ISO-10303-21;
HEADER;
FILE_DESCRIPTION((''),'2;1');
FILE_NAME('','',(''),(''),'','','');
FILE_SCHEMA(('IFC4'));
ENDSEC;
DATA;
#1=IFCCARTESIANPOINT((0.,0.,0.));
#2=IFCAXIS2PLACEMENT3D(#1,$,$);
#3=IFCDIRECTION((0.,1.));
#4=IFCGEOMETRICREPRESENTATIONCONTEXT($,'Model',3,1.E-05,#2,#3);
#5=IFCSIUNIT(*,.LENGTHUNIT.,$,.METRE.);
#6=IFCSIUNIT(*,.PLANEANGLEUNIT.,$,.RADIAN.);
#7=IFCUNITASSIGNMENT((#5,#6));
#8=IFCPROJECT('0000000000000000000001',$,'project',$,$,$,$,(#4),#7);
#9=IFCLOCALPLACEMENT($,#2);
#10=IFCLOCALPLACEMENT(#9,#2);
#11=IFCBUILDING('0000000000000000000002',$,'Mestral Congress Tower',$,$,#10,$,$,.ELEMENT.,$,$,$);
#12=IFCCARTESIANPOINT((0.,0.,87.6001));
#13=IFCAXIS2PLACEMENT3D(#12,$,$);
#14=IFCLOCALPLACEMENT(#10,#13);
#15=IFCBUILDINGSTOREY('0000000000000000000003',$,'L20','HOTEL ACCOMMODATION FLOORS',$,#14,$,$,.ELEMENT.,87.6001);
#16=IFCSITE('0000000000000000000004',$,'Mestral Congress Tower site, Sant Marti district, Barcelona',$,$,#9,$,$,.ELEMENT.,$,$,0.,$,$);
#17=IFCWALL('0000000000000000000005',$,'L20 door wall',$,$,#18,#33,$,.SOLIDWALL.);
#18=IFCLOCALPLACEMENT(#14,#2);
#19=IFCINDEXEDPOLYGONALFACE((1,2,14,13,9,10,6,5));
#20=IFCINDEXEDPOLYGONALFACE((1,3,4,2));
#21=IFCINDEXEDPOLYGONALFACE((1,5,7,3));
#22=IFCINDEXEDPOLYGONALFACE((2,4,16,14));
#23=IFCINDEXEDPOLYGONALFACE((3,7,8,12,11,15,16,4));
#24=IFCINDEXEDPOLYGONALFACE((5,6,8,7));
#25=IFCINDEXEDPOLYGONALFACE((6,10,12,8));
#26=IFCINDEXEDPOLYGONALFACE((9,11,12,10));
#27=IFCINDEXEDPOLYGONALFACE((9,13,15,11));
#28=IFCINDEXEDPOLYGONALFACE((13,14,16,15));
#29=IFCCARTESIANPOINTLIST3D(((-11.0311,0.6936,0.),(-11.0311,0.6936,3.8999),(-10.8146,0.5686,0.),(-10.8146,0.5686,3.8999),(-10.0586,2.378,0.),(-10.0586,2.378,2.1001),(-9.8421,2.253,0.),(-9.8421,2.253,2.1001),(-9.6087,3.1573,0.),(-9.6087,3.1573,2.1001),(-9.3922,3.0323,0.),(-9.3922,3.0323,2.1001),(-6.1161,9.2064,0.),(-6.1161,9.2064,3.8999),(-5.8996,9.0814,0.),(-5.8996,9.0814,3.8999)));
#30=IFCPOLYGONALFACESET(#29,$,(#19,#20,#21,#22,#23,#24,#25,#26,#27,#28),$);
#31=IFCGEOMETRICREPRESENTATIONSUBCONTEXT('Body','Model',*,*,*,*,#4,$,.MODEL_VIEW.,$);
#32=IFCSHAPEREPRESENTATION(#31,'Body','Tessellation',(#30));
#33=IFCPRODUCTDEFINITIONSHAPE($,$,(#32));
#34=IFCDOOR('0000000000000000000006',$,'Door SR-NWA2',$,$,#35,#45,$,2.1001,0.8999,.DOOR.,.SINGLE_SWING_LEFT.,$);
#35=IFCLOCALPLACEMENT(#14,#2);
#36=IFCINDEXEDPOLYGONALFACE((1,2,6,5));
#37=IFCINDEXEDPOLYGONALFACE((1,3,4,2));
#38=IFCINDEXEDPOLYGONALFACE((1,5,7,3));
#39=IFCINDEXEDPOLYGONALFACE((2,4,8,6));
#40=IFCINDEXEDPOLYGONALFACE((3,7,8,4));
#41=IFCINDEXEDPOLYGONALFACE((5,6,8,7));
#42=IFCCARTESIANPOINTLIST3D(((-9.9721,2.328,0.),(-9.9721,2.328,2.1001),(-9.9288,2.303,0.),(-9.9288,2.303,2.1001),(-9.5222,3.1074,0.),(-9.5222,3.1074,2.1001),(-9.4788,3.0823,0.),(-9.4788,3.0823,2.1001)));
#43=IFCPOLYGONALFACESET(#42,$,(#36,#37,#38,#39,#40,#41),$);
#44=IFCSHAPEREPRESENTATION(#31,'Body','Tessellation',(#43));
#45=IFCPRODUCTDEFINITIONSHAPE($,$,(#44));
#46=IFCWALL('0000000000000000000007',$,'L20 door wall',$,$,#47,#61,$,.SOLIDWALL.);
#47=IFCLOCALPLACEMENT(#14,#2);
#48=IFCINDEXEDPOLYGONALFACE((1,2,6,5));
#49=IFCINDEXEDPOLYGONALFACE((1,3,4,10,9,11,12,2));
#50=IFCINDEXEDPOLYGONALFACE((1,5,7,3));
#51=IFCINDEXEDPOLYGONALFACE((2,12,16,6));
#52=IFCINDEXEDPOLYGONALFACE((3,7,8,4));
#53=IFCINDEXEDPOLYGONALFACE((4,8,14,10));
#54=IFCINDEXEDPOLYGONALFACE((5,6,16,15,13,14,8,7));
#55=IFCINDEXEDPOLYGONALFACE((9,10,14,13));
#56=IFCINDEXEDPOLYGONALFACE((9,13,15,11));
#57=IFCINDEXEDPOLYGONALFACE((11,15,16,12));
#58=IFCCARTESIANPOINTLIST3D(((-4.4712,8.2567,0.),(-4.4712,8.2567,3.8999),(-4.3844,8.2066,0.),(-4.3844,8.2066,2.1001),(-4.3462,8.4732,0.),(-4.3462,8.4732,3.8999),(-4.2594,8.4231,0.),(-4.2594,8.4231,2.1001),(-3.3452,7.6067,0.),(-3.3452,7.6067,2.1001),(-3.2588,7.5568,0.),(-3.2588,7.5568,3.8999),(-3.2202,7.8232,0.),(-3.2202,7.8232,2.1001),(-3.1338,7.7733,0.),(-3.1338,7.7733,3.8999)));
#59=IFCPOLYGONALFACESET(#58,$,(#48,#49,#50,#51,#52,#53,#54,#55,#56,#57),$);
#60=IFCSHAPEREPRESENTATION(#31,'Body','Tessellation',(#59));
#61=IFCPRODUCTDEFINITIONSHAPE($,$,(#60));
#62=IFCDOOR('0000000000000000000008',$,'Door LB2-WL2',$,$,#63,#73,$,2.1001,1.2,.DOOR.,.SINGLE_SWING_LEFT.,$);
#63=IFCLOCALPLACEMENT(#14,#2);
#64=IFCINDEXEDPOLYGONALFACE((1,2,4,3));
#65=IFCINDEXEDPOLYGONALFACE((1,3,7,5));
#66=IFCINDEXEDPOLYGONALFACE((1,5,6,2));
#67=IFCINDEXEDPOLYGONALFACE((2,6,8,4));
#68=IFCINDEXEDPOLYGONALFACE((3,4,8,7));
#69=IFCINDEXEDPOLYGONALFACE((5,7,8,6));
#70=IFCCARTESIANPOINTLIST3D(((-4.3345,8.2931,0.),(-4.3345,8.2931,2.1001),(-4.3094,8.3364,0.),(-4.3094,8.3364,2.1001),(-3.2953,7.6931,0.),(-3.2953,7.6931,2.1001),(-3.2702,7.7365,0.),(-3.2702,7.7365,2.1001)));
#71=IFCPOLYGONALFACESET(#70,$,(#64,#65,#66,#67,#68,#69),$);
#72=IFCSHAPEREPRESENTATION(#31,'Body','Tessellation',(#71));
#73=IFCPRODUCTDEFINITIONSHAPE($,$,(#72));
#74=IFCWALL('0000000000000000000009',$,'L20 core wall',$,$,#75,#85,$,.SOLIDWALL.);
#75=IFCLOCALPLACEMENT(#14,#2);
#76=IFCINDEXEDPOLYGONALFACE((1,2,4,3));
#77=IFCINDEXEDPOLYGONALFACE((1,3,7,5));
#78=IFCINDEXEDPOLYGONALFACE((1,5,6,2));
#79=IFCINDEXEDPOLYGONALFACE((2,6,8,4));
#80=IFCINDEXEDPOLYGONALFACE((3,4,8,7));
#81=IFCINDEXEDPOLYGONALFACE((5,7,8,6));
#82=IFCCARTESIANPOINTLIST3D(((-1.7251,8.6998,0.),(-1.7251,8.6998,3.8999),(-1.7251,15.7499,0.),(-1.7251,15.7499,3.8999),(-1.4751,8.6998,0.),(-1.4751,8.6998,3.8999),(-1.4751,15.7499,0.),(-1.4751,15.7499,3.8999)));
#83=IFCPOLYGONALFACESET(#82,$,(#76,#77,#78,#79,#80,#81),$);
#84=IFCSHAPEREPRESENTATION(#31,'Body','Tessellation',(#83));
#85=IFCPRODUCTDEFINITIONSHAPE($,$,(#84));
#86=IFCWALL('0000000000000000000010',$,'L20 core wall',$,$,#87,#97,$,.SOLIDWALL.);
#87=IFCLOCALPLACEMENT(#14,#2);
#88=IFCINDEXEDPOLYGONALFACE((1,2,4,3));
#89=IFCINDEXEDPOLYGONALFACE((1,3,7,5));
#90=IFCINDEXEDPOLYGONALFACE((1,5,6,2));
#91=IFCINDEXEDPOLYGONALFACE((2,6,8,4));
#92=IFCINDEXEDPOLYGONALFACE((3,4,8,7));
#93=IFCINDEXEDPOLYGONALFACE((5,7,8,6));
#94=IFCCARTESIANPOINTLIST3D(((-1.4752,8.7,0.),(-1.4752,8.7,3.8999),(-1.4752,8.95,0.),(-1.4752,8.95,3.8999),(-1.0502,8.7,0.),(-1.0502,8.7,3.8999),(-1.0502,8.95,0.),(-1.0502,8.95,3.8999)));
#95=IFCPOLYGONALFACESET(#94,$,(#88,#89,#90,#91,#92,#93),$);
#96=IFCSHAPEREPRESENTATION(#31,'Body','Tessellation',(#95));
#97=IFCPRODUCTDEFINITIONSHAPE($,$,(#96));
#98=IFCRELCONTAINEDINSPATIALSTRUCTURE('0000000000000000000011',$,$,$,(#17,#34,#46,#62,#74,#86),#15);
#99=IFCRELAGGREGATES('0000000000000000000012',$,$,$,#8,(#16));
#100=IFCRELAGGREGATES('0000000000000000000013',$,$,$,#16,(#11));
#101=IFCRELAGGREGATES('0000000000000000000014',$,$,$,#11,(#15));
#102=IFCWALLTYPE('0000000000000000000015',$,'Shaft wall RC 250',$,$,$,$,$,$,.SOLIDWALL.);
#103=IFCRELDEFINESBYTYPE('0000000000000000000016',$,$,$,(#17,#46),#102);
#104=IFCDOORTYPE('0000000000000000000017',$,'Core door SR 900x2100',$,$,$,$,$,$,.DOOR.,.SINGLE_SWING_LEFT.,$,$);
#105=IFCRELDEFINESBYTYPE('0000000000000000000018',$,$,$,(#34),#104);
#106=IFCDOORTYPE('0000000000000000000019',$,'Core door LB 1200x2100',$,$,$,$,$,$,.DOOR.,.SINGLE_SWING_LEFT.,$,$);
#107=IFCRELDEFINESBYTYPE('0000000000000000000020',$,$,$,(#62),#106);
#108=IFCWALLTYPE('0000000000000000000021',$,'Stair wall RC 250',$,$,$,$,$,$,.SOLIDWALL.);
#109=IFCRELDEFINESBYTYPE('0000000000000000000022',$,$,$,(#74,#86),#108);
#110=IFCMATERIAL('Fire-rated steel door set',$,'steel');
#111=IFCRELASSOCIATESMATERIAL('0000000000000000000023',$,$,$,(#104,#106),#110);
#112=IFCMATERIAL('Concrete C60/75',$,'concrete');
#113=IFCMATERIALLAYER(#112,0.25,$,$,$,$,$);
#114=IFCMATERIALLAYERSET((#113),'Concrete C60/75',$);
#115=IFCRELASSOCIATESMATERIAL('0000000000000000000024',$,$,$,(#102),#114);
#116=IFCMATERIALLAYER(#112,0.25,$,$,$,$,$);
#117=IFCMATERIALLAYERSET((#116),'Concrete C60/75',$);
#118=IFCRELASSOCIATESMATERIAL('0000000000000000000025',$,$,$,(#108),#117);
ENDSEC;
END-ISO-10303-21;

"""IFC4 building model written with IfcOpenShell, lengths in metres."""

from ifc_helpers import new_model, si_unit, direction, frame, frame_2d, origin, place, context, subcontext, project, spatial, rectangle, extrude, material, layer, layer_set, type_object, element, fill, save


model = new_model("IFC4")

# Units and contexts
model_context = context("Model", 3, precision=1e-05, world=origin(), true_north=direction((0.0, 1.0)))
body_context = subcontext(model_context, "Body", "Model", "MODEL_VIEW")
ifc_project = project(units=[si_unit("LENGTHUNIT", "METRE"), si_unit("PLANEANGLEUNIT", "RADIAN")], contexts=[model_context])

# Site, building, storey
site_placement = place(None, origin())
site = spatial("IfcSite", under=ifc_project, at=site_placement, Name="Mestral Congress Tower site, Sant Marti district, Barcelona", CompositionType="ELEMENT", RefElevation=0.0)
building_placement = place(site_placement, origin())
building = spatial("IfcBuilding", under=site, at=building_placement, Name="Mestral Congress Tower", CompositionType="ELEMENT")
storey_placement = place(building_placement, frame((0.0, 0.0, 87.6001)))
storey = spatial("IfcBuildingStorey", under=building, at=storey_placement, Name="L20", Description="HOTEL ACCOMMODATION FLOORS", CompositionType="ELEMENT", Elevation=87.6001)

# Shared definitions
ifc_material_1 = material(Name="Fire-rated steel door set", Category="steel")
door_type_1 = type_object("IfcDoorType", Name="Core door SR 900x2100", OperationType="SINGLE_SWING_LEFT", PredefinedType="DOOR", material=ifc_material_1)

# Shared definitions
ifc_material_2 = material(Name="Concrete C60/75", Category="concrete")
ifc_layer_1 = layer(ifc_material_2, 0.25)
ifc_layer_set_1 = layer_set([ifc_layer_1], Name="Concrete C60/75")
wall_type_1 = type_object("IfcWallType", Name="Shaft wall RC 250", PredefinedType="SOLIDWALL", material=ifc_layer_set_1)

# Walls, openings, doors
wall_1_placement = place(storey_placement, frame((-6.0078, 9.144, 0.0), z_axis=(0.0, 0.0, 1.0), x_axis=(-0.500007, -0.866021, 0.0)))
wall_1 = element("IfcWall", 1, at=wall_1_placement, inside=storey, type_object=wall_type_1, Name="L20 door wall", PredefinedType="SOLIDWALL", context=body_context, shape_type="SweptSolid", body=[
    extrude(rectangle(XDim=9.8298, YDim=0.25, at=frame_2d((4.915, 0.0))), origin(), (0.0, 0.0, 1.0), 3.8999),
])
opening_1_placement = place(wall_1_placement, frame((6.9851, 0.0, 0.0)))
opening_1 = element("IfcOpeningElement", 2, at=opening_1_placement, cuts=wall_1, PredefinedType="OPENING", context=body_context, shape_type="SweptSolid", body=[
    extrude(rectangle(XDim=0.8999, YDim=2.1001, at=frame_2d((0.45, 1.05))), frame((0.0, 0.135, 0.0), z_axis=(0.0, -1.0, 0.0), x_axis=(1.0, 0.0, 0.0)), (0.0, 0.0, 1.0), 0.27),
])
door_1_placement = place(opening_1_placement, origin())
door_1 = element("IfcDoor", 3, at=door_1_placement, inside=storey, type_object=door_type_1, Name="Door SR-NWA2", OperationType="SINGLE_SWING_LEFT", OverallHeight=2.1001, OverallWidth=0.8999, PredefinedType="DOOR", context=body_context, shape_type="SweptSolid", body=[
    extrude(rectangle(XDim=0.8999, YDim=2.1001, at=frame_2d((0.45, 1.05))), frame((0.0, 0.0249, 0.0), z_axis=(0.0, -1.0, 0.0), x_axis=(1.0, 0.0, 0.0)), (0.0, 0.0, 1.0), 0.05),
])
fill(opening_1, door_1)
wall_2_placement = place(storey_placement, frame((-4.4087, 8.365, 0.0), z_axis=(0.0, 0.0, 1.0), x_axis=(0.866035, -0.499984, 0.0)))
wall_2 = element("IfcWall", 4, at=wall_2_placement, inside=storey, type_object=wall_type_1, Name="L20 door wall", PredefinedType="SOLIDWALL", context=body_context, shape_type="SweptSolid", body=[
    extrude(rectangle(XDim=1.3999, YDim=0.25, at=frame_2d((0.7, 0.0))), origin(), (0.0, 0.0, 1.0), 3.8999),
])
opening_2_placement = place(wall_2_placement, frame((0.1001, 0.0, 0.0)))
opening_2 = element("IfcOpeningElement", 5, at=opening_2_placement, cuts=wall_2, PredefinedType="OPENING", context=body_context, shape_type="SweptSolid", body=[
    extrude(rectangle(XDim=1.2, YDim=2.1001, at=frame_2d((0.6001, 1.05))), frame((0.0, 0.135, 0.0), z_axis=(0.0, -1.0, 0.0), x_axis=(1.0, 0.0, 0.0)), (0.0, 0.0, 1.0), 0.27),
])
door_type_2 = type_object("IfcDoorType", Name="Core door LB 1200x2100", OperationType="SINGLE_SWING_LEFT", PredefinedType="DOOR", material=ifc_material_1)
door_2_placement = place(opening_2_placement, origin())
door_2 = element("IfcDoor", 6, at=door_2_placement, inside=storey, type_object=door_type_2, Name="Door LB2-WL2", OperationType="SINGLE_SWING_LEFT", OverallHeight=2.1001, OverallWidth=1.2, PredefinedType="DOOR", context=body_context, shape_type="SweptSolid", body=[
    extrude(rectangle(XDim=1.2, YDim=2.1001, at=frame_2d((0.6001, 1.05))), frame((0.0, 0.0249, 0.0), z_axis=(0.0, -1.0, 0.0), x_axis=(1.0, 0.0, 0.0)), (0.0, 0.0, 1.0), 0.05),
])
fill(opening_2, door_2)

# Walls
ifc_layer_2 = layer(ifc_material_2, 0.25)
ifc_layer_set_2 = layer_set([ifc_layer_2], Name="Concrete C60/75")
wall_type_2 = type_object("IfcWallType", Name="Stair wall RC 250", PredefinedType="SOLIDWALL", material=ifc_layer_set_2)
wall_3_placement = place(storey_placement, frame((-1.6001, 8.7, 0.0), z_axis=(0.0, 0.0, 1.0), x_axis=(0.0, 1.0, 0.0)))
element("IfcWall", 7, at=wall_3_placement, inside=storey, type_object=wall_type_2, Name="L20 core wall", PredefinedType="SOLIDWALL", context=body_context, shape_type="SweptSolid", body=[
    extrude(rectangle(XDim=7.05, YDim=0.25, at=frame_2d((3.5249, 0.0))), origin(), (0.0, 0.0, 1.0), 3.8999),
])
wall_4_placement = place(storey_placement, frame((-1.4751, 8.825, 0.0), z_axis=(0.0, 0.0, 1.0), x_axis=(1.0, 0.0, 0.0)))
element("IfcWall", 8, at=wall_4_placement, inside=storey, type_object=wall_type_2, Name="L20 core wall", PredefinedType="SOLIDWALL", context=body_context, shape_type="SweptSolid", body=[
    extrude(rectangle(XDim=0.425, YDim=0.25, at=frame_2d((0.2124, 0.0))), origin(), (0.0, 0.0, 1.0), 3.8999),
])

save(model, "model.ifc")
